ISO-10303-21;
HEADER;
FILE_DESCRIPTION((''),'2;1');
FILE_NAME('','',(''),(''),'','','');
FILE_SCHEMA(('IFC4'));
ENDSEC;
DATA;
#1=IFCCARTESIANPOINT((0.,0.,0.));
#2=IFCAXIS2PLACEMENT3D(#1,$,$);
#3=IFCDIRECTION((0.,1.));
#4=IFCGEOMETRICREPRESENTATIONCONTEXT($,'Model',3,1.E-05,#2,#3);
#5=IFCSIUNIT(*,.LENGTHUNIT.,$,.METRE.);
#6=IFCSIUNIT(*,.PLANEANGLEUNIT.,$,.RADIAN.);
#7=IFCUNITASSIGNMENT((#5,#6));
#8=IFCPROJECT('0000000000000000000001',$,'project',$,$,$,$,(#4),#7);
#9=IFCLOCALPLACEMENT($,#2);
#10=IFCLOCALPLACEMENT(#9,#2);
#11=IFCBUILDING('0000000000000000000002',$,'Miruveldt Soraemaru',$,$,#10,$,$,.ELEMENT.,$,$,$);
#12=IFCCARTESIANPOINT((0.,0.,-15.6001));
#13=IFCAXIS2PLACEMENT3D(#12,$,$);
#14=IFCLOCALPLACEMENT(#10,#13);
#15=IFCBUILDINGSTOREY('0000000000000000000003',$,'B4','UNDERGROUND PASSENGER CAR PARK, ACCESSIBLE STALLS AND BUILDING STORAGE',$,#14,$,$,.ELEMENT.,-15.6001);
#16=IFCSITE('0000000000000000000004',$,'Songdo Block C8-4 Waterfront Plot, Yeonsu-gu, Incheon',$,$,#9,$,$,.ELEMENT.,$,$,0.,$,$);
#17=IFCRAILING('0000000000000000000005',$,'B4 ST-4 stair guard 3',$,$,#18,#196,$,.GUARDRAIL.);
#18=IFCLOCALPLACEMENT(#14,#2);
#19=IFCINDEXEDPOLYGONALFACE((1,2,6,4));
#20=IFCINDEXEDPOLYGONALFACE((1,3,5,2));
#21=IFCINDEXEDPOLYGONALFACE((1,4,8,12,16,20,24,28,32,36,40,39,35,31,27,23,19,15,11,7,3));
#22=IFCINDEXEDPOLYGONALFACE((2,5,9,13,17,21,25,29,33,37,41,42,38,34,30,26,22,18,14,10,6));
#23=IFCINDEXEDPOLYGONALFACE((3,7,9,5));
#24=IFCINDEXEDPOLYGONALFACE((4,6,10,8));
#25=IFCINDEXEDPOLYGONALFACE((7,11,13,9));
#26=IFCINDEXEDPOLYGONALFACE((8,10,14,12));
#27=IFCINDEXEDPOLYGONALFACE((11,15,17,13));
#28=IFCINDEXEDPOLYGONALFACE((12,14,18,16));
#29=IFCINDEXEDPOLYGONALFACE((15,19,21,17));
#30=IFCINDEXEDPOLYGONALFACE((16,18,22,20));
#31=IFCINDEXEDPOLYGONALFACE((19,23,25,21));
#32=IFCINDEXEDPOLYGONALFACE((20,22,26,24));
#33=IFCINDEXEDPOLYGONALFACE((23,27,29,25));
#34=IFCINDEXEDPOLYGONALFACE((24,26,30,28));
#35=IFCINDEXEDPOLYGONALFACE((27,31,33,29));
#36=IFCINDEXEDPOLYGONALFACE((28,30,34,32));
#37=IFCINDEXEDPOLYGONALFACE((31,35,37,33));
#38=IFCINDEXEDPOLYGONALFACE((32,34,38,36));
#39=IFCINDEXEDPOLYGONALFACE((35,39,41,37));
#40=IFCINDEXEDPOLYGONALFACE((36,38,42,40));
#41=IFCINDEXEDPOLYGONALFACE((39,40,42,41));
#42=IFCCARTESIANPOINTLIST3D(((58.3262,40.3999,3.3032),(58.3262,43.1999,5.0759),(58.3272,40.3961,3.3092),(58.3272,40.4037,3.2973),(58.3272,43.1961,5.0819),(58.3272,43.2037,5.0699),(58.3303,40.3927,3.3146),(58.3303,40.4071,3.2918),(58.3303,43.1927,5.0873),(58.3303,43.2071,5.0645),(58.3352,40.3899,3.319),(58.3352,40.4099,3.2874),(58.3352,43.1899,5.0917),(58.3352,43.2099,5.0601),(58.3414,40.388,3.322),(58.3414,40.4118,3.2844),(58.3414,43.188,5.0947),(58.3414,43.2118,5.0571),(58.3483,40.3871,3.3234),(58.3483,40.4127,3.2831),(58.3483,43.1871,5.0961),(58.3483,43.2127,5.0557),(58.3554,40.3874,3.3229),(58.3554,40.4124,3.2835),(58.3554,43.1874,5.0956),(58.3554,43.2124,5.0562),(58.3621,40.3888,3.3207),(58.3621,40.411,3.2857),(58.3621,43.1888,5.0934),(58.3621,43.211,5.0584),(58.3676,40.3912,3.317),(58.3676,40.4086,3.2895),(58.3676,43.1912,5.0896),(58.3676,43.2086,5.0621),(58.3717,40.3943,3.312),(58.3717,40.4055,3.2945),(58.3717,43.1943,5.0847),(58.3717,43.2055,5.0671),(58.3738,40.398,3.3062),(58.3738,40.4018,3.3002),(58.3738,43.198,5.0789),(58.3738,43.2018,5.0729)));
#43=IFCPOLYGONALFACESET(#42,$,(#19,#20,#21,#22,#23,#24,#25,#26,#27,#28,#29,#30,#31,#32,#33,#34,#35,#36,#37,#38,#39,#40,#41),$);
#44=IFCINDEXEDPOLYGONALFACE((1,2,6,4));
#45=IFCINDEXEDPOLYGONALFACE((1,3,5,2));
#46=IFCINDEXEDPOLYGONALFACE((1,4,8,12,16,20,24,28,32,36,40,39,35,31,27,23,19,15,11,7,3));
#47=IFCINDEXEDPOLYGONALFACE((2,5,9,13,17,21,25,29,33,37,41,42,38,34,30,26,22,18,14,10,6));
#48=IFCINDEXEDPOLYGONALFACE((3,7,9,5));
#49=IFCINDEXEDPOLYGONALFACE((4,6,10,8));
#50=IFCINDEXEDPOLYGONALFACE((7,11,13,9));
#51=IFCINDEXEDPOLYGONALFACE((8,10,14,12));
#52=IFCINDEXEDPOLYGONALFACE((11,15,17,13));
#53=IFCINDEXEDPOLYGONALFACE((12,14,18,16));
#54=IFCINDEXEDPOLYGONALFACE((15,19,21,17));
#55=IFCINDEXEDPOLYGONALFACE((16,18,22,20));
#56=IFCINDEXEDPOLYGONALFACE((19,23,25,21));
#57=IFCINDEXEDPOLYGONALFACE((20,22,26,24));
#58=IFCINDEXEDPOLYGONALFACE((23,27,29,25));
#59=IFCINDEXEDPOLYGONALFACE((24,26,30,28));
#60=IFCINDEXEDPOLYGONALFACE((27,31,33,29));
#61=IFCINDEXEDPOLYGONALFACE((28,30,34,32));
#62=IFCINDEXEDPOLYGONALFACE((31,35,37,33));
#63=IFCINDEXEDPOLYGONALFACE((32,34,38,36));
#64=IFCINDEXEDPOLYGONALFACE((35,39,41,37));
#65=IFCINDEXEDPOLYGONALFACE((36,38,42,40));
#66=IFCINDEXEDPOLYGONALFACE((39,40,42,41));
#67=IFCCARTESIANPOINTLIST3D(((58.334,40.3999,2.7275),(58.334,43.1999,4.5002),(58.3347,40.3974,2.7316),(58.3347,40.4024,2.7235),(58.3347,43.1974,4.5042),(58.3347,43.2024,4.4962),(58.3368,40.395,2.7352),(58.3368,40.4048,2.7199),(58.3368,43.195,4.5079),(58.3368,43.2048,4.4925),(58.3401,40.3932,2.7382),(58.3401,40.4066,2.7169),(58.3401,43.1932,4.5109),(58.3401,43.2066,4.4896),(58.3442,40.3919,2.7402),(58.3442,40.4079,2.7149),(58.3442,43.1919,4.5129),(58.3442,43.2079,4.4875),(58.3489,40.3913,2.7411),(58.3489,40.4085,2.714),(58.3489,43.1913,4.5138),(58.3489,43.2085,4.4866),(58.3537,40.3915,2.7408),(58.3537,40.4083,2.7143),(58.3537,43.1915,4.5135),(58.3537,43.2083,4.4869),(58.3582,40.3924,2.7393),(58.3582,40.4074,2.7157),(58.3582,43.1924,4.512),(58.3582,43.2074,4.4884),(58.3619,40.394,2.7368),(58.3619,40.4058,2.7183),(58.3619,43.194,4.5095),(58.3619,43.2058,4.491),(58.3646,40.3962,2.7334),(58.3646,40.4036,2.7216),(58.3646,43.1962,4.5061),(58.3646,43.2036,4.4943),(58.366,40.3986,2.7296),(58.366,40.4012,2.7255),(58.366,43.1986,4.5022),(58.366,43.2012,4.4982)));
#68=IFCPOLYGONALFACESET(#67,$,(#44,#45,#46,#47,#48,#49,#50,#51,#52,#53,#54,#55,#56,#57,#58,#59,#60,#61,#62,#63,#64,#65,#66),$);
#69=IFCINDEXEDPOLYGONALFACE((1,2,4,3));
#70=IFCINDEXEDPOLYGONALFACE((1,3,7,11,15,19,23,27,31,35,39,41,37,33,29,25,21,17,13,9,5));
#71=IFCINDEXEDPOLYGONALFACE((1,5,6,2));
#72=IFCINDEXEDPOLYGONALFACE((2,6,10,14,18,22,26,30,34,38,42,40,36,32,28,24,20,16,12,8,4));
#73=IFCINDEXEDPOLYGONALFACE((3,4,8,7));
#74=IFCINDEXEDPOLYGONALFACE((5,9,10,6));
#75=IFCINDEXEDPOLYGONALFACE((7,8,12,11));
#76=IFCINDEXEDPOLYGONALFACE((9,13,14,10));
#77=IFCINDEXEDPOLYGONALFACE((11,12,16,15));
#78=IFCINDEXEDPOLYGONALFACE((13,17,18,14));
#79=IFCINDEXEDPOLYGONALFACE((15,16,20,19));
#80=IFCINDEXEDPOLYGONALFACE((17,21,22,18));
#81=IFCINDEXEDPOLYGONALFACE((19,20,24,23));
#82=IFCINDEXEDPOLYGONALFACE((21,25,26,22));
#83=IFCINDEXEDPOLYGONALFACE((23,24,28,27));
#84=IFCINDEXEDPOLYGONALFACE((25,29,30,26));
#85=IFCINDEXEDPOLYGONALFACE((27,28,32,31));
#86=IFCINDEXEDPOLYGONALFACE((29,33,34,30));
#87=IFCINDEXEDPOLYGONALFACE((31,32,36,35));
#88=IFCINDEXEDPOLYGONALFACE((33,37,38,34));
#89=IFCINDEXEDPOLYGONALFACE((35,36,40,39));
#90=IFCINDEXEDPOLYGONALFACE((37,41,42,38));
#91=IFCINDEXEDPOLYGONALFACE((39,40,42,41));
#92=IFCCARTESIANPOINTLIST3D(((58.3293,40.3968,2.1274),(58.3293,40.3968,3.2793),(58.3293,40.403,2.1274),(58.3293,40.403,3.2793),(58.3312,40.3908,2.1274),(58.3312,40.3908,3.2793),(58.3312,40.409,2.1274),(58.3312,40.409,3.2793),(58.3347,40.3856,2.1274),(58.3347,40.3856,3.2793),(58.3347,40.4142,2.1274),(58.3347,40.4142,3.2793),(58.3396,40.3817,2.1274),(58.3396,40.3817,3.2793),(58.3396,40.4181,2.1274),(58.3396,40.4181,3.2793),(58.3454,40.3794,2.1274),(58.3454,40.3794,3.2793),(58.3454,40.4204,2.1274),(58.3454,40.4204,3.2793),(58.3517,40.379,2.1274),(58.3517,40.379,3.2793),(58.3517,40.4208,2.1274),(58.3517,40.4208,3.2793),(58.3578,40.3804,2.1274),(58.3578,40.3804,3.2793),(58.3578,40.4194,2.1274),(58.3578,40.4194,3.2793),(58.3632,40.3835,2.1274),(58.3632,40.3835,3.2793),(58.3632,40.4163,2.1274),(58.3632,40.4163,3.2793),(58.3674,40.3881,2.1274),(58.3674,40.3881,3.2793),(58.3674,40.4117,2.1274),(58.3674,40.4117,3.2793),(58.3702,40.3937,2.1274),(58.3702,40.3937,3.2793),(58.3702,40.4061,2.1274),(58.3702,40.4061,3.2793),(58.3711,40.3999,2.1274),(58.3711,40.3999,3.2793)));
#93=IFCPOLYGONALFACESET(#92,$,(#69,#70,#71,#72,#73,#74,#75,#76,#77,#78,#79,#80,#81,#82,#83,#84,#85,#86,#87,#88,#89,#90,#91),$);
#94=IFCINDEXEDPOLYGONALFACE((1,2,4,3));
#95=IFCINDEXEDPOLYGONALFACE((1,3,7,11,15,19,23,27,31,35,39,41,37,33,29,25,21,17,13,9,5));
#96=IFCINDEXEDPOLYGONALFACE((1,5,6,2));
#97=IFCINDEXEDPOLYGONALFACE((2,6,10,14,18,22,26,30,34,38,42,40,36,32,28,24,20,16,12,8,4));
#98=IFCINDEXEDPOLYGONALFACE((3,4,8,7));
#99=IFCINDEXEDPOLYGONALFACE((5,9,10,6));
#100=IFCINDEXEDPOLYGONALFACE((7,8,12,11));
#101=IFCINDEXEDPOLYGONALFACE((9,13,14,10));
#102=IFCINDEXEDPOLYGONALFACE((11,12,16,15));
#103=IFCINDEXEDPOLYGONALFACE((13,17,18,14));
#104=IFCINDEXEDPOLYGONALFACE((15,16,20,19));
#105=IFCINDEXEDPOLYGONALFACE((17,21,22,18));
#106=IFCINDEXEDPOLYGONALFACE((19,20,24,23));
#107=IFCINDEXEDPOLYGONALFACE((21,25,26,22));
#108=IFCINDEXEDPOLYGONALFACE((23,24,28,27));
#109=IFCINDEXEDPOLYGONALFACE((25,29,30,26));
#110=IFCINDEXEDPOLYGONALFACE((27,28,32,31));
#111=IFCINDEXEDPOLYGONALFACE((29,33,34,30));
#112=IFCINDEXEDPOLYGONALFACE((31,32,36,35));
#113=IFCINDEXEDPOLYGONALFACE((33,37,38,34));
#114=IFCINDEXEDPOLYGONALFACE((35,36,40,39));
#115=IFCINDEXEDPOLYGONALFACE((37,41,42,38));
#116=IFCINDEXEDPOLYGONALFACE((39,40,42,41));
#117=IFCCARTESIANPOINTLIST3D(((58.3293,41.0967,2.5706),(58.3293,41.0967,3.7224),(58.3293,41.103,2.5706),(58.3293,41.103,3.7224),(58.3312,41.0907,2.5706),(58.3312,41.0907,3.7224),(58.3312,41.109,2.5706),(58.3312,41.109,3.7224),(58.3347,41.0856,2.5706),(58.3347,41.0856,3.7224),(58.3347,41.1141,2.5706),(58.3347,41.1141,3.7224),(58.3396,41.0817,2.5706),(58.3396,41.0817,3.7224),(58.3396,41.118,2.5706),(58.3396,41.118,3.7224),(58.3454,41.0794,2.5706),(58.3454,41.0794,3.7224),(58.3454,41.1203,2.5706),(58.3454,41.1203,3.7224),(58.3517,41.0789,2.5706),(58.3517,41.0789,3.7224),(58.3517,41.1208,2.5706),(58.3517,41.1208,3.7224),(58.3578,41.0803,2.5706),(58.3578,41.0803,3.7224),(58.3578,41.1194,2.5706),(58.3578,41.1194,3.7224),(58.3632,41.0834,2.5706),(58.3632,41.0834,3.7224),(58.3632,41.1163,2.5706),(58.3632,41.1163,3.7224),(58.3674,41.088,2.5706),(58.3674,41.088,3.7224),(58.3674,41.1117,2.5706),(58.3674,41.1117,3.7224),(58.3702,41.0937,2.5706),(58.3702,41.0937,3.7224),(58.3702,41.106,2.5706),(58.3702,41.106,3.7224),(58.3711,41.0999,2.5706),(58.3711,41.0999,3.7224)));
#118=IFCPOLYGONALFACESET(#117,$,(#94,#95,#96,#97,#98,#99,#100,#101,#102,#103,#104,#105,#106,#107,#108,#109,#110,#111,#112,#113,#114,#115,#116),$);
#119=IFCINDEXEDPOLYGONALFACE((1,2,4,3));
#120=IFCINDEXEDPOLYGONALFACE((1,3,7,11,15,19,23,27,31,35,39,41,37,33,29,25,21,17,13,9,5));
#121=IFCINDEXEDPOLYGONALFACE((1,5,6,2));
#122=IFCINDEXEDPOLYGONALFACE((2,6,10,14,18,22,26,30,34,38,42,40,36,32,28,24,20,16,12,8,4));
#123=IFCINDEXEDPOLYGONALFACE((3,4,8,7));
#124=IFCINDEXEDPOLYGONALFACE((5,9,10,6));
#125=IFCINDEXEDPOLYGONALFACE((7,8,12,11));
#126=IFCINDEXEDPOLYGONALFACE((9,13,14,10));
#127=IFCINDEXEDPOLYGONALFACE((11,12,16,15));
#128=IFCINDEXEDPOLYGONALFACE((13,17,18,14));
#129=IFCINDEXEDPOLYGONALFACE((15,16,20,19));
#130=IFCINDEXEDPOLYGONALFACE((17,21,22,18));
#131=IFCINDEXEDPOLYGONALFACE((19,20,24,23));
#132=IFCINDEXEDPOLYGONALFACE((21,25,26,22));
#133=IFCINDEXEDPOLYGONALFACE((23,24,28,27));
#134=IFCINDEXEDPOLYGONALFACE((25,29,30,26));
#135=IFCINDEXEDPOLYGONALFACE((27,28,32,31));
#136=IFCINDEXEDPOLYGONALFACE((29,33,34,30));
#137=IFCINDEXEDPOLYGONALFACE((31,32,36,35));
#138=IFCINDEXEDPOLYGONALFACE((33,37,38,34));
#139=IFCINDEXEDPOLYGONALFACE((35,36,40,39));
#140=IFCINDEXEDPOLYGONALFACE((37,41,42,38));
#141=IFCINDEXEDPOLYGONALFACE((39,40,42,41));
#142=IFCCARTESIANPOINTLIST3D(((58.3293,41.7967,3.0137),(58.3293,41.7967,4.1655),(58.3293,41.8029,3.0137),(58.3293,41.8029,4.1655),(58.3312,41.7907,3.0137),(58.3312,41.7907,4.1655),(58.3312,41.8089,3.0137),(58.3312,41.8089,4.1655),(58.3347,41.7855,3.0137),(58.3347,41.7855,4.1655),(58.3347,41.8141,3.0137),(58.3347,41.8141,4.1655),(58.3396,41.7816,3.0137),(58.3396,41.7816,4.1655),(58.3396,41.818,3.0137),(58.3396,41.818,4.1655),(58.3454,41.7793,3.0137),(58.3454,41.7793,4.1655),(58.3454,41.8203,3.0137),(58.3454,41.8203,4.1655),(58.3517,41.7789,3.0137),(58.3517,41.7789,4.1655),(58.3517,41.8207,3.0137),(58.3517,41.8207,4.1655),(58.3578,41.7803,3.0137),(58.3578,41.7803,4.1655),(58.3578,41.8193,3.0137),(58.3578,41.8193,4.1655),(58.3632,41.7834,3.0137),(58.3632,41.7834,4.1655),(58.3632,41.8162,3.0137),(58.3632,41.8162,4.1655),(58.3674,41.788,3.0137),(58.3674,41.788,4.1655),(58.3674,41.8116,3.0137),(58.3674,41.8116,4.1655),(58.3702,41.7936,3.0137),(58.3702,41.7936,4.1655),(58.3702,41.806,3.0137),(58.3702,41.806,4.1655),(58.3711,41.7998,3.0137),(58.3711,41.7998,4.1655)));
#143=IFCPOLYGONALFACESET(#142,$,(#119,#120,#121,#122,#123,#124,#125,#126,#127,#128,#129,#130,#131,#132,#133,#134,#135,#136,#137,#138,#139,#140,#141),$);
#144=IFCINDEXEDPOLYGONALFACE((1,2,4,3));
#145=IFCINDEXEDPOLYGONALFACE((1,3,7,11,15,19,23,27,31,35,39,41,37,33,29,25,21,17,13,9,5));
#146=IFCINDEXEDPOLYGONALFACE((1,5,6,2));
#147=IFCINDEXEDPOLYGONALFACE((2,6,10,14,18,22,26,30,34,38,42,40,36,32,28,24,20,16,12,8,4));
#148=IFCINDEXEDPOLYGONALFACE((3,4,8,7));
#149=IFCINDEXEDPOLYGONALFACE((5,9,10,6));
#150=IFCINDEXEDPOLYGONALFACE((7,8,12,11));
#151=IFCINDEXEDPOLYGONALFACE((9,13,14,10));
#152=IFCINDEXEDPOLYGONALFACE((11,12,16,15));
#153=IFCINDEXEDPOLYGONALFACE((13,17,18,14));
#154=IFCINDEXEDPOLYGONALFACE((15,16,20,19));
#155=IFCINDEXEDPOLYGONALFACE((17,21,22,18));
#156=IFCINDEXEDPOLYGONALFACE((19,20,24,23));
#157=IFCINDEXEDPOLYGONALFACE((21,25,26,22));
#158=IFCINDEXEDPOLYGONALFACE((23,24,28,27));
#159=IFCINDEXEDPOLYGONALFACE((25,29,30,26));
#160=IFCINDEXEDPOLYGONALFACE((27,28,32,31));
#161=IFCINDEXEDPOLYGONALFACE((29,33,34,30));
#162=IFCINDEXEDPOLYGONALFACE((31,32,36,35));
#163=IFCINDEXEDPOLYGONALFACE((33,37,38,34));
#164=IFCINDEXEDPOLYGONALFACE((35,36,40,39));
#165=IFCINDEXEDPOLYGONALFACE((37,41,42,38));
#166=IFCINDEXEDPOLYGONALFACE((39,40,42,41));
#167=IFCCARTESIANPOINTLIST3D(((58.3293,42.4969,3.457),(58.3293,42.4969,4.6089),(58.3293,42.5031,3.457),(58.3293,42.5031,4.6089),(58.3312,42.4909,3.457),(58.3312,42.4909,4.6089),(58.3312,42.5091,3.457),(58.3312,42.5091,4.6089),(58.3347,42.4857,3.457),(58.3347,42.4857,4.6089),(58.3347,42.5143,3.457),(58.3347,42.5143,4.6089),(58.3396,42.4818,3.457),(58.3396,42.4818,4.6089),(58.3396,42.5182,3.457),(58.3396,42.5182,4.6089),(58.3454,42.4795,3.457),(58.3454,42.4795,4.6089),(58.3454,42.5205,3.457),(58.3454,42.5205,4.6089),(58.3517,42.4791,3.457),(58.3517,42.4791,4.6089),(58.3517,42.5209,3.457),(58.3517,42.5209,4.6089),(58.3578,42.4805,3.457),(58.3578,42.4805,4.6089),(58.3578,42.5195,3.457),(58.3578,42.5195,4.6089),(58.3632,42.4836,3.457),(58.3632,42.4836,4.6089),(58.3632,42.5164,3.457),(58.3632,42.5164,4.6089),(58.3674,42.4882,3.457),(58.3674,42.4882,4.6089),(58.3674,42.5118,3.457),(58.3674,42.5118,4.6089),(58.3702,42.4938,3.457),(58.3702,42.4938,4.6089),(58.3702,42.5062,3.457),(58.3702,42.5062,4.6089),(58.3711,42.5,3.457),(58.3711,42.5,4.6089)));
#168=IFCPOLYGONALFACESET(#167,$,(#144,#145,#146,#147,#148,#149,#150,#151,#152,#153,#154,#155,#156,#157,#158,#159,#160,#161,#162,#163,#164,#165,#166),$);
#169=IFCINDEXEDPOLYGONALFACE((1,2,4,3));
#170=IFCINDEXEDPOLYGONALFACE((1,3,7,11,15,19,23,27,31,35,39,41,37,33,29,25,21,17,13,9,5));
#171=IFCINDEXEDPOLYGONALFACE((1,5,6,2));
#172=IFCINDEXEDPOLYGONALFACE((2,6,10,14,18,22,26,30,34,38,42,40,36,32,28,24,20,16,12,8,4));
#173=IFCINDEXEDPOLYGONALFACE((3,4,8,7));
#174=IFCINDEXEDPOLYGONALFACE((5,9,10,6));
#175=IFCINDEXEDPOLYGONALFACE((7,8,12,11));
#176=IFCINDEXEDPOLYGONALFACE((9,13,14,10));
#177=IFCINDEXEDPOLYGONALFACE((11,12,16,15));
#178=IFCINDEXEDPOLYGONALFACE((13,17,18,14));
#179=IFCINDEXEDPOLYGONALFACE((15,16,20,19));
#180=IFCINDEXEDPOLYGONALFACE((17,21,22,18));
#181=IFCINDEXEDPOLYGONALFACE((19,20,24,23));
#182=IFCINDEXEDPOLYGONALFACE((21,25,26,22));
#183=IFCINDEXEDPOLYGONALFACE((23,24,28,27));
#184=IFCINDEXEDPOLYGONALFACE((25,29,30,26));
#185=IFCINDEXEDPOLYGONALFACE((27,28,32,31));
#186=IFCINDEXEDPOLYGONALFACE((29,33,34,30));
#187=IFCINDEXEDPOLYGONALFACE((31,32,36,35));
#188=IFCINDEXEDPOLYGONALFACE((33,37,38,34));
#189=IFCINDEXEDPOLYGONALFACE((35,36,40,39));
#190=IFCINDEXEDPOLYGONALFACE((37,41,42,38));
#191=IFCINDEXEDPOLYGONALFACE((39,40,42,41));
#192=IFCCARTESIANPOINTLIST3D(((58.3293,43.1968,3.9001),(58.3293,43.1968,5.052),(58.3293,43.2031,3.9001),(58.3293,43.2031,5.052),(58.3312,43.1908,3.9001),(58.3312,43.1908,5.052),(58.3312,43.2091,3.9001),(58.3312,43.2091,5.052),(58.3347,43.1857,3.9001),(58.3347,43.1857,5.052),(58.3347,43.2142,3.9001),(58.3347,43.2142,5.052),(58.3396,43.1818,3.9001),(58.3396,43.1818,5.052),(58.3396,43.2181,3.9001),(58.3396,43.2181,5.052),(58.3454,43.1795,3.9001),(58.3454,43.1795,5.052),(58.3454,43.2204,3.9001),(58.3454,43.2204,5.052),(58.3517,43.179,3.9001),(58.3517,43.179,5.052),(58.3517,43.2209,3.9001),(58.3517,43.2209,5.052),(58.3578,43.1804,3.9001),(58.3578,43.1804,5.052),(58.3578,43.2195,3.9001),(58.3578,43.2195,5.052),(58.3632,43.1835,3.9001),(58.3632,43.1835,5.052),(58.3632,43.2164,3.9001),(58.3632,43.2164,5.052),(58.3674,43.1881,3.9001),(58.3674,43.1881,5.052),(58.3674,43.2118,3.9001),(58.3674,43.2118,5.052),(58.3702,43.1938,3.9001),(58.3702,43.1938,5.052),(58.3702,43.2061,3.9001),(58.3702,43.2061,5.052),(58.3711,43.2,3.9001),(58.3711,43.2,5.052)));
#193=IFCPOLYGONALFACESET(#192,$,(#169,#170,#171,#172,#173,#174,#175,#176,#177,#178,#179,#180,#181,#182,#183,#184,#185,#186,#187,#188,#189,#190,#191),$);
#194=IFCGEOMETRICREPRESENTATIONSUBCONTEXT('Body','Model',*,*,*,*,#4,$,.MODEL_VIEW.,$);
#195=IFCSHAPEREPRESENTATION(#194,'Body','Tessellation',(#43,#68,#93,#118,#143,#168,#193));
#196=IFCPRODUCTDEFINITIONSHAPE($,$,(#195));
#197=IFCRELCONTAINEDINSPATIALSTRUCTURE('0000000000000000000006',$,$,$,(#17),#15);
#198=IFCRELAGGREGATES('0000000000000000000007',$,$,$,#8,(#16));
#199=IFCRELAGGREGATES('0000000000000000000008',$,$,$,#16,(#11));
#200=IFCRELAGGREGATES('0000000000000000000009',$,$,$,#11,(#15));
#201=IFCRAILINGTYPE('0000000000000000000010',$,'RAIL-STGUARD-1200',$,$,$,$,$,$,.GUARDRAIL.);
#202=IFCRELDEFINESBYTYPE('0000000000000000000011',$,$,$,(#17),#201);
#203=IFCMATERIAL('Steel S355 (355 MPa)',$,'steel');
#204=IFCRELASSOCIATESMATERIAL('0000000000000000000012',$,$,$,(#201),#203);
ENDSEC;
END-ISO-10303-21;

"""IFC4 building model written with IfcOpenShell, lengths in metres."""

from ifc_helpers import new_model, si_unit, direction, frame, origin, origin_2d, place, context, subcontext, project, spatial, circle, extrude, material, type_object, element, save


model = new_model("IFC4")

# Units and contexts
model_context = context("Model", 3, precision=1e-05, world=origin(), true_north=direction((0.0, 1.0)))
body_context = subcontext(model_context, "Body", "Model", "MODEL_VIEW")
ifc_project = project(units=[si_unit("LENGTHUNIT", "METRE"), si_unit("PLANEANGLEUNIT", "RADIAN")], contexts=[model_context])

# Site, building, storey
site_placement = place(None, origin())
site = spatial("IfcSite", under=ifc_project, at=site_placement, Name="Songdo Block C8-4 Waterfront Plot, Yeonsu-gu, Incheon", CompositionType="ELEMENT", RefElevation=0.0)
building_placement = place(site_placement, origin())
building = spatial("IfcBuilding", under=site, at=building_placement, Name="Miruveldt Soraemaru", CompositionType="ELEMENT")
storey_placement = place(building_placement, frame((0.0, 0.0, -15.6001)))
storey = spatial("IfcBuildingStorey", under=building, at=storey_placement, Name="B4", Description="UNDERGROUND PASSENGER CAR PARK, ACCESSIBLE STALLS AND BUILDING STORAGE", CompositionType="ELEMENT", Elevation=-15.6001)

# Shared definitions
ifc_material_1 = material(Name="Steel S355 (355 MPa)", Category="steel")

# Railing
railing_type_1 = type_object("IfcRailingType", Name="RAIL-STGUARD-1200", PredefinedType="GUARDRAIL", material=ifc_material_1)
railing_1_placement = place(storey_placement, frame((58.3501, 40.3999, 2.1274)))
element("IfcRailing", 1, at=railing_1_placement, inside=storey, type_object=railing_type_1, Name="B4 ST-4 stair guard 3", PredefinedType="GUARDRAIL", context=body_context, shape_type="SweptSolid", body=[
    extrude(circle(Radius=0.0239, at=origin_2d()), frame((0.0, 0.0, 1.1758), z_axis=(0.0, 0.844909, 0.53491), x_axis=(-1.0, 0.0, 0.0)), (0.0, 0.0, 1.0), 3.314),
    extrude(circle(Radius=0.0161, at=origin_2d()), frame((0.0, 0.0, 0.6001), z_axis=(0.0, 0.844909, 0.53491), x_axis=(-1.0, 0.0, 0.0)), (0.0, 0.0, 1.0), 3.314),
    extrude(circle(Radius=0.021, at=origin_2d()), origin(), (0.0, 0.0, 1.0), 1.1519),
    extrude(circle(Radius=0.021, at=origin_2d()), frame((0.0, 0.7, 0.4431)), (0.0, 0.0, 1.0), 1.1519),
    extrude(circle(Radius=0.021, at=origin_2d()), frame((0.0, 1.3999, 0.8862)), (0.0, 0.0, 1.0), 1.1519),
    extrude(circle(Radius=0.021, at=origin_2d()), frame((0.0, 2.1001, 1.3296)), (0.0, 0.0, 1.0), 1.1519),
    extrude(circle(Radius=0.021, at=origin_2d()), frame((0.0, 2.8, 1.7727)), (0.0, 0.0, 1.0), 1.1519),
])

save(model, "model.ifc")
